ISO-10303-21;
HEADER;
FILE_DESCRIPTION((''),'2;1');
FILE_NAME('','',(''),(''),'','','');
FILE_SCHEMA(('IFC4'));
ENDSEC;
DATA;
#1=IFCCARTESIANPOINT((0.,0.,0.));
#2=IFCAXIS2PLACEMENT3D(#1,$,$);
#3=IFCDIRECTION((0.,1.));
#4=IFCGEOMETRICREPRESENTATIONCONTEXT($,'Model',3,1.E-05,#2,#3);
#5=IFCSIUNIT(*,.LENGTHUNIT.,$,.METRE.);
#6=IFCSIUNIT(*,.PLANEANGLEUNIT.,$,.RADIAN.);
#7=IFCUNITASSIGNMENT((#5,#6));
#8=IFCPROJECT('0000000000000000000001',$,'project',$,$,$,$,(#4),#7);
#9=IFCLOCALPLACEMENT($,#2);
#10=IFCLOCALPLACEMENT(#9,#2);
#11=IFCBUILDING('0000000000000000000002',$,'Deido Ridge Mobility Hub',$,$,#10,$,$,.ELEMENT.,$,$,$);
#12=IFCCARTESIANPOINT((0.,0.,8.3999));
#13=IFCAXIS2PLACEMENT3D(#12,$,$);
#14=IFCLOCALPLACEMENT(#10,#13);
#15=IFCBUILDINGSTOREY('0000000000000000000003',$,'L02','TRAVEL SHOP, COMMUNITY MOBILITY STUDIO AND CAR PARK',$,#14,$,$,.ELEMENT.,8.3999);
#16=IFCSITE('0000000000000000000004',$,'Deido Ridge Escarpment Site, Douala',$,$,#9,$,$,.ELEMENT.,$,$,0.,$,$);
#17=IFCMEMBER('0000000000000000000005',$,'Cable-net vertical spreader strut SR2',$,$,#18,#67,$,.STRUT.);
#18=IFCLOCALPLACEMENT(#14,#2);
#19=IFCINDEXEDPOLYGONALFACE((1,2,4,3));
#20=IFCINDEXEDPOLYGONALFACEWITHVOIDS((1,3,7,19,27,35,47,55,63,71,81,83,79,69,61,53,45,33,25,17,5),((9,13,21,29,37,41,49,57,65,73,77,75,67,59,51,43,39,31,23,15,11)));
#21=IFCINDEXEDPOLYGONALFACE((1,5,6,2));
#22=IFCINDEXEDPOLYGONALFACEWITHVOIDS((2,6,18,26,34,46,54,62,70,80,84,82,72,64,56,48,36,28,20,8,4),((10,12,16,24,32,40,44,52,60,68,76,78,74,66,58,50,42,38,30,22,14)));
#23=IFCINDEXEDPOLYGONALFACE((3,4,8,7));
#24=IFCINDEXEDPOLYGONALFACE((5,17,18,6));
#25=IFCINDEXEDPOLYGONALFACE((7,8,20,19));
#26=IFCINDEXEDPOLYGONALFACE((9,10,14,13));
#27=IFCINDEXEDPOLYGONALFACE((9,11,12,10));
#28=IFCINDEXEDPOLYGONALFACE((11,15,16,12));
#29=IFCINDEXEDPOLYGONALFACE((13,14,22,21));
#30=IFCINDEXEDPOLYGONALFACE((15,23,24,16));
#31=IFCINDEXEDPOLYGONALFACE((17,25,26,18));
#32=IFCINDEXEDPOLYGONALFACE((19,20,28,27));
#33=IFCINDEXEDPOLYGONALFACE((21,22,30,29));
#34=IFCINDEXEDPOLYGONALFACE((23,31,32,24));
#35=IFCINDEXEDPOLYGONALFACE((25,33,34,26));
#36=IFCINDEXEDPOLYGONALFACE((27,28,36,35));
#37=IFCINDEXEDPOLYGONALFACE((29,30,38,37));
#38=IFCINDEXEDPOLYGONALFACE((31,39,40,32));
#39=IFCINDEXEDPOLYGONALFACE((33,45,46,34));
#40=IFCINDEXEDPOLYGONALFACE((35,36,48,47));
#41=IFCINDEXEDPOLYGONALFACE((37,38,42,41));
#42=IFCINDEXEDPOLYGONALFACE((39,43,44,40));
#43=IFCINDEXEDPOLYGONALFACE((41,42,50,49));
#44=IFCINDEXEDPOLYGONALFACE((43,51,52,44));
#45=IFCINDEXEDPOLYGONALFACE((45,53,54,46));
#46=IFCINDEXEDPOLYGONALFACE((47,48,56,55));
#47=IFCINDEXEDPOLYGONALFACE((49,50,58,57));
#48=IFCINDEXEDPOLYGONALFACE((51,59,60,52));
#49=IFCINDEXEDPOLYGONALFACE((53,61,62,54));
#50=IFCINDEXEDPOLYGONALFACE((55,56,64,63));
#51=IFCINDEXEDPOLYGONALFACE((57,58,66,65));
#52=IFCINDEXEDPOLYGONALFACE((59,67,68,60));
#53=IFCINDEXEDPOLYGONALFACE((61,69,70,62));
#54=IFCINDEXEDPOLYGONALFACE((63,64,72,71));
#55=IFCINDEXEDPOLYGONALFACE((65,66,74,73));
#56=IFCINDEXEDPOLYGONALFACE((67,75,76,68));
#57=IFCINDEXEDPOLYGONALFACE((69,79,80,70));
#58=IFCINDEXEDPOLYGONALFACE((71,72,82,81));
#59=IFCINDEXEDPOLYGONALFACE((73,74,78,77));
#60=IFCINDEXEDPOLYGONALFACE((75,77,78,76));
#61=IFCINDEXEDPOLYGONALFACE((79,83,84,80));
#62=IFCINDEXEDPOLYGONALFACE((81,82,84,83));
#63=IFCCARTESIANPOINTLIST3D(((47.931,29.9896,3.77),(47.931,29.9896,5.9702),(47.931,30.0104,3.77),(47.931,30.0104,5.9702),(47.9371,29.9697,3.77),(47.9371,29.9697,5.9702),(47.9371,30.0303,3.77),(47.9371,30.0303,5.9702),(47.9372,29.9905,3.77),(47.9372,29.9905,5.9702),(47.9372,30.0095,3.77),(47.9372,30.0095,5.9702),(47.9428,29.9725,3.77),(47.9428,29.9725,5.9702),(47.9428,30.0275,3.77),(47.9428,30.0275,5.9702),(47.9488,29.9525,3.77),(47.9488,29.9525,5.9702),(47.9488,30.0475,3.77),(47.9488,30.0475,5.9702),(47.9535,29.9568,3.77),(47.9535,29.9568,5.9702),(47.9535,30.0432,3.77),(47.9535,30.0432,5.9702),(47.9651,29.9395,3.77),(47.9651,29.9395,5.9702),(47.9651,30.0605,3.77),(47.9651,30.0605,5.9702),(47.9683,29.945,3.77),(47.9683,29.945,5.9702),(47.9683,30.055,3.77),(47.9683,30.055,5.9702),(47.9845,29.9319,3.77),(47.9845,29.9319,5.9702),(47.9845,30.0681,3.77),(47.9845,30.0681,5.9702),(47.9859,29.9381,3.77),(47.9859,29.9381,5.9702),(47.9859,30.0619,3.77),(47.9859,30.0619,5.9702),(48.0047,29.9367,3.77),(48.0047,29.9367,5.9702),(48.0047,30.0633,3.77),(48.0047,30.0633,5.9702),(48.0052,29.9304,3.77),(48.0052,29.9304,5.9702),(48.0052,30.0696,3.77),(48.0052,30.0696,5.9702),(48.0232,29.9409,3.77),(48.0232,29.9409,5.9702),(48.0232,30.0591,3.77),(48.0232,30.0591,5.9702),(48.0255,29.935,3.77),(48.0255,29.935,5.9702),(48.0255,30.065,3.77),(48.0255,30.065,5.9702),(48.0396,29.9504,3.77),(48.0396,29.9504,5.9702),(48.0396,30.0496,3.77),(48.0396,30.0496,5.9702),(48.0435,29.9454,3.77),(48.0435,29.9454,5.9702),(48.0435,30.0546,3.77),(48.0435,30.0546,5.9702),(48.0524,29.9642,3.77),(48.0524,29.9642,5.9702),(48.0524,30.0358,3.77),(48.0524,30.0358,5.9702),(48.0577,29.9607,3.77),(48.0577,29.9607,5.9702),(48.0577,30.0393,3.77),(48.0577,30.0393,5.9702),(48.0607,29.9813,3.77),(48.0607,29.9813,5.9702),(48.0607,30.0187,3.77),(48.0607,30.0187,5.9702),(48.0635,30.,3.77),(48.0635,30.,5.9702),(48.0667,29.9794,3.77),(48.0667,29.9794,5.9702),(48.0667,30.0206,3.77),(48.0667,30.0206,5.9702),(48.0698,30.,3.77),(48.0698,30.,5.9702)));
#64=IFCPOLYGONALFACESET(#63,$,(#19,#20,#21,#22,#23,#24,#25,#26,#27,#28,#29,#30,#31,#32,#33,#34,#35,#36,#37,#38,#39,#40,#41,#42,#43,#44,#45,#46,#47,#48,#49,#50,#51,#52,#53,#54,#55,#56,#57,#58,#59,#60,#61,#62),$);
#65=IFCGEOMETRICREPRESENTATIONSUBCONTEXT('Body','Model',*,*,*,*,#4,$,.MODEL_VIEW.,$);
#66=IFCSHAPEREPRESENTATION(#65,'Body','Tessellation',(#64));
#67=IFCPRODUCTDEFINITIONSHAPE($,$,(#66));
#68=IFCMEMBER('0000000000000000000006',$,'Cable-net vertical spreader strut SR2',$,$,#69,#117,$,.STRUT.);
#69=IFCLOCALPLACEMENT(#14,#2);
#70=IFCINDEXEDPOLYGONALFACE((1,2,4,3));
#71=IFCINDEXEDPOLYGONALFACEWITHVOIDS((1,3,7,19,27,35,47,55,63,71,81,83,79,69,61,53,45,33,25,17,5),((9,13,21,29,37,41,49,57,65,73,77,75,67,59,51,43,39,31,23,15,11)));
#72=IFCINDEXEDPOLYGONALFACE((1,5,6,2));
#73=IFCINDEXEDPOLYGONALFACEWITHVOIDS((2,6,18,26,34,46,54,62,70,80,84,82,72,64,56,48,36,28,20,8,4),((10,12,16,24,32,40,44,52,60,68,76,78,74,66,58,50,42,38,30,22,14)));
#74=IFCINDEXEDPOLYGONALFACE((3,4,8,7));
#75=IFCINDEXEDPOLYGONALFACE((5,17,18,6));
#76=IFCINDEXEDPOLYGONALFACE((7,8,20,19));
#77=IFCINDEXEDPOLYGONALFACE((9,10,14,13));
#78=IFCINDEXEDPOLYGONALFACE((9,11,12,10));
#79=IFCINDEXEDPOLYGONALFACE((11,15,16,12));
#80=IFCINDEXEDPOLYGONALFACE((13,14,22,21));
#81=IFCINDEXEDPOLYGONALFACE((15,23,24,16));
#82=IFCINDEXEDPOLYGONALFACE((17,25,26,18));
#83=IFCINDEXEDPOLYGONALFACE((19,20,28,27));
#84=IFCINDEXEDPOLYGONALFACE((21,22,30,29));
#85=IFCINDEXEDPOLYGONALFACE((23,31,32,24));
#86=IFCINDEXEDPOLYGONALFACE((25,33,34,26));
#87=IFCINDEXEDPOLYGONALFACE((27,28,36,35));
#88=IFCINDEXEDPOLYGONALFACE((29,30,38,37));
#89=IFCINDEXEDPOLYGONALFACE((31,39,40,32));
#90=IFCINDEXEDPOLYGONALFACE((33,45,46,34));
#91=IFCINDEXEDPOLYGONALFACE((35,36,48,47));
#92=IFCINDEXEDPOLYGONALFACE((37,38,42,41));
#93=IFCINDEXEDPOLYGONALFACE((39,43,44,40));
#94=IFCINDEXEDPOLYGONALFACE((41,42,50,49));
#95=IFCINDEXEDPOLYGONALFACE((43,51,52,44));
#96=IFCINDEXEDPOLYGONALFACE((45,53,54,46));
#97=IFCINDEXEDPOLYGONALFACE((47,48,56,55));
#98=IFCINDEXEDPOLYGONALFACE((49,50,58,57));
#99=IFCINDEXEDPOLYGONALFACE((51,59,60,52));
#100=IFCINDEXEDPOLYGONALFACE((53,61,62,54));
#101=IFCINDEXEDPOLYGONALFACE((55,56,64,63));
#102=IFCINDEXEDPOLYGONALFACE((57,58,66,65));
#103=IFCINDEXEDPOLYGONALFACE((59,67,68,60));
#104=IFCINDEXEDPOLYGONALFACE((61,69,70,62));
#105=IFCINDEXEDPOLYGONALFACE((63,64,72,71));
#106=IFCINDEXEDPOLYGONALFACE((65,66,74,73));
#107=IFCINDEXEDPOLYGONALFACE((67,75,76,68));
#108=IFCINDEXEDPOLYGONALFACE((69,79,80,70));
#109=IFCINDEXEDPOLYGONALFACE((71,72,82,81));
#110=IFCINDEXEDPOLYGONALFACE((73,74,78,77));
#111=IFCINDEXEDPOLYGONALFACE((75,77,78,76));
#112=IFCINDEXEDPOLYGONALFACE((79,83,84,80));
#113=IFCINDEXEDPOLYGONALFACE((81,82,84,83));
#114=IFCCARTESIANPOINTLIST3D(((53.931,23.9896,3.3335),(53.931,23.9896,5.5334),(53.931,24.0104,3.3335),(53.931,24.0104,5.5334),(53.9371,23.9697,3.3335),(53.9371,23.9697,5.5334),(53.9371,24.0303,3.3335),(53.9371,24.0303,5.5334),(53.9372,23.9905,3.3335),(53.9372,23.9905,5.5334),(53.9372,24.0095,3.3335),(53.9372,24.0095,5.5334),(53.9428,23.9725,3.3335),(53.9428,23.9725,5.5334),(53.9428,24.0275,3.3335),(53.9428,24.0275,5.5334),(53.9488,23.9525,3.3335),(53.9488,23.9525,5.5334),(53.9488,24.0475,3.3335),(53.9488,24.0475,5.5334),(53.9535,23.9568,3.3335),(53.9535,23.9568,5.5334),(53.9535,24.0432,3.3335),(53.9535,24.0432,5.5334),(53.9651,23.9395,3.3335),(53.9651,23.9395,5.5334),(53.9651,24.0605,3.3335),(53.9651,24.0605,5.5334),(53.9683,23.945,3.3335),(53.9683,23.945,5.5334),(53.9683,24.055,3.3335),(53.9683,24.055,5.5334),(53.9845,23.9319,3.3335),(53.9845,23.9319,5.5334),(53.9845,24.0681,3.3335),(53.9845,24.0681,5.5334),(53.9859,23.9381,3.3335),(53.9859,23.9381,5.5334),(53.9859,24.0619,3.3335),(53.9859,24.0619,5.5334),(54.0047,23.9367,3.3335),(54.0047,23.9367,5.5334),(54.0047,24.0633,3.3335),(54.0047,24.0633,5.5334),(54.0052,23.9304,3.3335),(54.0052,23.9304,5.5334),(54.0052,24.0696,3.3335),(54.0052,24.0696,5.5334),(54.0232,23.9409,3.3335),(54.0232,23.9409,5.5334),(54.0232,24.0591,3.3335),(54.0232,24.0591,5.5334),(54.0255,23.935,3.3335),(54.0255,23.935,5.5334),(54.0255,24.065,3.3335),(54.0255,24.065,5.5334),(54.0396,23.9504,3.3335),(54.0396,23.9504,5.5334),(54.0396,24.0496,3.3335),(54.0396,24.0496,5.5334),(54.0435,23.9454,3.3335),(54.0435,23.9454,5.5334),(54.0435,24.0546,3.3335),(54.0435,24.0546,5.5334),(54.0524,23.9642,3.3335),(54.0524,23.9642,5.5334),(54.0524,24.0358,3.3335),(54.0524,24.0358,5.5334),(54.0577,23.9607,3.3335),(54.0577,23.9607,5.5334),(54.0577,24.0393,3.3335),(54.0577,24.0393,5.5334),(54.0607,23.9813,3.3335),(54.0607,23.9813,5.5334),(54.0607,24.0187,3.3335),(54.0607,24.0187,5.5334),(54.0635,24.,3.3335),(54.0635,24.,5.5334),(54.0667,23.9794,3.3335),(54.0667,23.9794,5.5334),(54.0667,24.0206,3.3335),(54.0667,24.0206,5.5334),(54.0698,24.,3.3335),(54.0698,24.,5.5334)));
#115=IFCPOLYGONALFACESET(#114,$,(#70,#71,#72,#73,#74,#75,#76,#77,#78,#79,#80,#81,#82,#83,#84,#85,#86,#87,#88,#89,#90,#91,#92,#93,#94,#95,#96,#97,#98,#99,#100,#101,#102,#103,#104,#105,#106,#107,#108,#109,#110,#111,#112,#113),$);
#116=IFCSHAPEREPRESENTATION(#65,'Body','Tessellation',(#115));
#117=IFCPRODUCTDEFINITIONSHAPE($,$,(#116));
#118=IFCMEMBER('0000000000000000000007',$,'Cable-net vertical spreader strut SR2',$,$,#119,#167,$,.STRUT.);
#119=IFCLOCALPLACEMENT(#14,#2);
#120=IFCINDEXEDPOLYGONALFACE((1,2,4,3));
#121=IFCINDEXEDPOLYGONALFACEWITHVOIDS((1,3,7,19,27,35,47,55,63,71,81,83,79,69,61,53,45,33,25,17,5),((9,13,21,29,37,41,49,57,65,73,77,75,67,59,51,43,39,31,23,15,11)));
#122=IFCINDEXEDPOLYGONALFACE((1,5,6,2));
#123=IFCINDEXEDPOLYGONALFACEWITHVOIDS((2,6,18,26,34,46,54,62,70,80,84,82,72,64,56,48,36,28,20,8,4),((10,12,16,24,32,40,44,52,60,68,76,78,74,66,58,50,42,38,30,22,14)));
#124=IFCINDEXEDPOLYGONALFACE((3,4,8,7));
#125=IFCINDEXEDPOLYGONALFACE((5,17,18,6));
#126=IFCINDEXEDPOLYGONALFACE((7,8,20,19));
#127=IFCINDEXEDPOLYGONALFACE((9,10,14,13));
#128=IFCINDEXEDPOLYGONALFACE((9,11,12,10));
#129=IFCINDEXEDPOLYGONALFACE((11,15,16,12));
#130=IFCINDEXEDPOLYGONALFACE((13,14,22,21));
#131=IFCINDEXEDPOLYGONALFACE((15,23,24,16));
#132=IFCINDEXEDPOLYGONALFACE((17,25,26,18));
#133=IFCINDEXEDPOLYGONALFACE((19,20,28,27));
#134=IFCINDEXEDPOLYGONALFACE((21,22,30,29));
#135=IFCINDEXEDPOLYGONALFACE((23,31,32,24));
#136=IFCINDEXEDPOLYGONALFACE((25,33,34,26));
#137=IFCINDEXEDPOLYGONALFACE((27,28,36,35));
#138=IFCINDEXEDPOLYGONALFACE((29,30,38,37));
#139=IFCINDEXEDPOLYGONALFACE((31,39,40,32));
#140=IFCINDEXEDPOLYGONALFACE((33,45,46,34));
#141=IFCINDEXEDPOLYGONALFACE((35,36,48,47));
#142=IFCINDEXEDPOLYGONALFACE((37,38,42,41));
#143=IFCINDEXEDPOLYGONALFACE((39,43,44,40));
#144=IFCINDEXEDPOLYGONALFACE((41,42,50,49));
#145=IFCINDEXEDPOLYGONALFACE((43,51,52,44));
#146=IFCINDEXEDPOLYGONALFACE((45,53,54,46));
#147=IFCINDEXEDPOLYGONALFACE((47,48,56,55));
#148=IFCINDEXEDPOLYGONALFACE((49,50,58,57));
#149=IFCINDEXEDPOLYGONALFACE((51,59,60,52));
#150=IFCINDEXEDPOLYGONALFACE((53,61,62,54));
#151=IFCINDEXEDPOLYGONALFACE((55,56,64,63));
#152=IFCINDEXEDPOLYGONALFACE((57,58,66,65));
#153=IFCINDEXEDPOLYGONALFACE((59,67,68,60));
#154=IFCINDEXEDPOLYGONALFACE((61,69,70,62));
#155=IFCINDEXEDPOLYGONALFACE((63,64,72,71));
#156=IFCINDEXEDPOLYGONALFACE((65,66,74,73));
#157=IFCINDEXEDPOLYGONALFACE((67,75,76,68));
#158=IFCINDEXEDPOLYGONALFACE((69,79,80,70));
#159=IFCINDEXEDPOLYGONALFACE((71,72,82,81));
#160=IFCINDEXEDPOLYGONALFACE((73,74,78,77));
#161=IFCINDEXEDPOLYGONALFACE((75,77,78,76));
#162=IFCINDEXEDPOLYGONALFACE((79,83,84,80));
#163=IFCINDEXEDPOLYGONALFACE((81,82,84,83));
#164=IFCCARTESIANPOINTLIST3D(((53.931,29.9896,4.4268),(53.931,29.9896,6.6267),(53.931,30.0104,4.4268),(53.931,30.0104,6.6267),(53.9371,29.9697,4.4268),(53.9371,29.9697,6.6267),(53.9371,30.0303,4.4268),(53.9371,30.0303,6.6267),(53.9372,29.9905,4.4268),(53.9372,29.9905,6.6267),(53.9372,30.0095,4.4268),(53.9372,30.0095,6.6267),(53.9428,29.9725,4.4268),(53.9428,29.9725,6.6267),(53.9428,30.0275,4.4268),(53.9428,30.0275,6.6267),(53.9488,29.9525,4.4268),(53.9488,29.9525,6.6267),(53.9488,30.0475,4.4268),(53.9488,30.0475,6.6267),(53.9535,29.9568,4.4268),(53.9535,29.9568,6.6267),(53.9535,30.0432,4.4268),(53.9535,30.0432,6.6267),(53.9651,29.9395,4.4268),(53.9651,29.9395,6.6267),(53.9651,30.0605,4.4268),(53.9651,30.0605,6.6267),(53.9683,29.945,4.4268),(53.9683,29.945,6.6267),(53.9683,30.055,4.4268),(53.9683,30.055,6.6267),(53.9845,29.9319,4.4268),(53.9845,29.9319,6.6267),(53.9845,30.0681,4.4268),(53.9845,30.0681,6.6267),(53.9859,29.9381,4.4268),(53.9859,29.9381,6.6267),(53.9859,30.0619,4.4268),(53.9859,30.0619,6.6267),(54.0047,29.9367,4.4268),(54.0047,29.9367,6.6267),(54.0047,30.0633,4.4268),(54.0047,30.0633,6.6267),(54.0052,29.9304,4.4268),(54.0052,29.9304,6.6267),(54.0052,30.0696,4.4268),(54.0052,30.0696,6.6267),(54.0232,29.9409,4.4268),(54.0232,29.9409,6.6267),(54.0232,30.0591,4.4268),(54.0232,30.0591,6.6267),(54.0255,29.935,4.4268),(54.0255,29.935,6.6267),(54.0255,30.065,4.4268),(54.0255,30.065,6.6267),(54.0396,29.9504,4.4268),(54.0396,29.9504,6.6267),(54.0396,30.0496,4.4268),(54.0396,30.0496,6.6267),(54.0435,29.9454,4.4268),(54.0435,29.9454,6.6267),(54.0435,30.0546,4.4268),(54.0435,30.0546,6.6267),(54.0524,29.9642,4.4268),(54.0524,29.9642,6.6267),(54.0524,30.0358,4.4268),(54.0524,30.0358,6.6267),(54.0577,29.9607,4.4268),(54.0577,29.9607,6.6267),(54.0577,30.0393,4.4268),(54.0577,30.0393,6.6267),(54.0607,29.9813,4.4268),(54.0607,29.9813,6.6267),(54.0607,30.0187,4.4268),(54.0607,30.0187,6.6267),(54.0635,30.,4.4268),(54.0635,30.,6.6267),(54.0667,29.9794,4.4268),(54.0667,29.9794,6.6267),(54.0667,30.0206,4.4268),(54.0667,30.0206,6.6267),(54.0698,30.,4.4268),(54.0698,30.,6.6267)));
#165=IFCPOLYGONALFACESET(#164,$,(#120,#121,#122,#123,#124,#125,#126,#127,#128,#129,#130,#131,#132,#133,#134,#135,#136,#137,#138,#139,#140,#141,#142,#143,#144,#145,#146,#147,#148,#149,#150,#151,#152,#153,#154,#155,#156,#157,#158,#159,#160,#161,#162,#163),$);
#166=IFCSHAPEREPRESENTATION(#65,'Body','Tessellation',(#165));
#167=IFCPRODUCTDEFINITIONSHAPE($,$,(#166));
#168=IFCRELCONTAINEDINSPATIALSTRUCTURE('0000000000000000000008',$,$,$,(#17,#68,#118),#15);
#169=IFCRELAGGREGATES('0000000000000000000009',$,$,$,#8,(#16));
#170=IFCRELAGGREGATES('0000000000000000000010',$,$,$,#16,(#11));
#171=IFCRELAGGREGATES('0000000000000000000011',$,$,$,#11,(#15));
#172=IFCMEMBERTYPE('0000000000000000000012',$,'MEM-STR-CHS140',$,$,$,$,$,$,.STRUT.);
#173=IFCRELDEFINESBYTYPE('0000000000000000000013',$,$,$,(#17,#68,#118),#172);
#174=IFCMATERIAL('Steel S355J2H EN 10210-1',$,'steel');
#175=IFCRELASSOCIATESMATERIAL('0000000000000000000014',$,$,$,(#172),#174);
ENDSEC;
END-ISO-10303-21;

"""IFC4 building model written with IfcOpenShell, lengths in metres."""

from ifc_helpers import new_model, si_unit, direction, frame, origin, origin_2d, place, context, subcontext, project, spatial, hollow_circle, extrude, material, material_profile, profile_set, type_object, element, save


model = new_model("IFC4")

# Units and contexts
model_context = context("Model", 3, precision=1e-05, world=origin(), true_north=direction((0.0, 1.0)))
body_context = subcontext(model_context, "Body", "Model", "MODEL_VIEW")
ifc_project = project(units=[si_unit("LENGTHUNIT", "METRE"), si_unit("PLANEANGLEUNIT", "RADIAN")], contexts=[model_context])

# Site, building, storey
site_placement = place(None, origin())
site = spatial("IfcSite", under=ifc_project, at=site_placement, Name="Deido Ridge Escarpment Site, Douala", CompositionType="ELEMENT", RefElevation=0.0)
building_placement = place(site_placement, origin())
building = spatial("IfcBuilding", under=site, at=building_placement, Name="Deido Ridge Mobility Hub", CompositionType="ELEMENT")
storey_placement = place(building_placement, frame((0.0, 0.0, 8.3999)))
storey = spatial("IfcBuildingStorey", under=building, at=storey_placement, Name="L02", Description="TRAVEL SHOP, COMMUNITY MOBILITY STUDIO AND CAR PARK", CompositionType="ELEMENT", Elevation=8.3999)

# Shared definitions
ifc_material_1 = material(Name="Steel S355J2H EN 10210-1", Category="steel")

# Members
ifc_material_profile_1 = material_profile(ifc_material_1, hollow_circle(Radius=0.0698, WallThickness=0.0063, at=origin_2d()), Name="CHS 139.7x6.3")
ifc_profile_set_1 = profile_set([ifc_material_profile_1], Name="Steel S355J2H EN 10210-1")
member_type_1 = type_object("IfcMemberType", Name="MEM-STR-CHS140", PredefinedType="STRUT", material=ifc_profile_set_1)
member_1_placement = place(storey_placement, frame((48.0, 30.0, 3.77), z_axis=(0.0, 0.0, 1.0), x_axis=(1.0, 0.0, 0.0)))
element("IfcMember", 1, at=member_1_placement, inside=storey, type_object=member_type_1, Name="Cable-net vertical spreader strut SR2", PredefinedType="STRUT", context=body_context, shape_type="SweptSolid", body=[
    extrude(hollow_circle(Radius=0.0698, WallThickness=0.0063, at=origin_2d()), origin(), (0.0, 0.0, 1.0), 2.2002),
])
for number, where, z_axis, x_axis, name in (
    (2, (54.0, 24.0, 3.3335), (0.0, 0.0, 1.0), (1.0, 0.0, 0.0), "Cable-net vertical spreader strut SR2"),
    (3, (54.0, 30.0, 4.4268), (0.0, 0.0, 1.0), (1.0, 0.0, 0.0), "Cable-net vertical spreader strut SR2"),
):
    element("IfcMember", number, at=place(storey_placement, frame(where, z_axis=z_axis, x_axis=x_axis)), inside=storey, type_object=member_type_1, Name=name, PredefinedType="STRUT", context=body_context, shape_type="SweptSolid", body=[
        extrude(hollow_circle(Radius=0.0698, WallThickness=0.0063, at=origin_2d()), origin(), (0.0, 0.0, 1.0), 2.2),
    ])

save(model, "model.ifc")
